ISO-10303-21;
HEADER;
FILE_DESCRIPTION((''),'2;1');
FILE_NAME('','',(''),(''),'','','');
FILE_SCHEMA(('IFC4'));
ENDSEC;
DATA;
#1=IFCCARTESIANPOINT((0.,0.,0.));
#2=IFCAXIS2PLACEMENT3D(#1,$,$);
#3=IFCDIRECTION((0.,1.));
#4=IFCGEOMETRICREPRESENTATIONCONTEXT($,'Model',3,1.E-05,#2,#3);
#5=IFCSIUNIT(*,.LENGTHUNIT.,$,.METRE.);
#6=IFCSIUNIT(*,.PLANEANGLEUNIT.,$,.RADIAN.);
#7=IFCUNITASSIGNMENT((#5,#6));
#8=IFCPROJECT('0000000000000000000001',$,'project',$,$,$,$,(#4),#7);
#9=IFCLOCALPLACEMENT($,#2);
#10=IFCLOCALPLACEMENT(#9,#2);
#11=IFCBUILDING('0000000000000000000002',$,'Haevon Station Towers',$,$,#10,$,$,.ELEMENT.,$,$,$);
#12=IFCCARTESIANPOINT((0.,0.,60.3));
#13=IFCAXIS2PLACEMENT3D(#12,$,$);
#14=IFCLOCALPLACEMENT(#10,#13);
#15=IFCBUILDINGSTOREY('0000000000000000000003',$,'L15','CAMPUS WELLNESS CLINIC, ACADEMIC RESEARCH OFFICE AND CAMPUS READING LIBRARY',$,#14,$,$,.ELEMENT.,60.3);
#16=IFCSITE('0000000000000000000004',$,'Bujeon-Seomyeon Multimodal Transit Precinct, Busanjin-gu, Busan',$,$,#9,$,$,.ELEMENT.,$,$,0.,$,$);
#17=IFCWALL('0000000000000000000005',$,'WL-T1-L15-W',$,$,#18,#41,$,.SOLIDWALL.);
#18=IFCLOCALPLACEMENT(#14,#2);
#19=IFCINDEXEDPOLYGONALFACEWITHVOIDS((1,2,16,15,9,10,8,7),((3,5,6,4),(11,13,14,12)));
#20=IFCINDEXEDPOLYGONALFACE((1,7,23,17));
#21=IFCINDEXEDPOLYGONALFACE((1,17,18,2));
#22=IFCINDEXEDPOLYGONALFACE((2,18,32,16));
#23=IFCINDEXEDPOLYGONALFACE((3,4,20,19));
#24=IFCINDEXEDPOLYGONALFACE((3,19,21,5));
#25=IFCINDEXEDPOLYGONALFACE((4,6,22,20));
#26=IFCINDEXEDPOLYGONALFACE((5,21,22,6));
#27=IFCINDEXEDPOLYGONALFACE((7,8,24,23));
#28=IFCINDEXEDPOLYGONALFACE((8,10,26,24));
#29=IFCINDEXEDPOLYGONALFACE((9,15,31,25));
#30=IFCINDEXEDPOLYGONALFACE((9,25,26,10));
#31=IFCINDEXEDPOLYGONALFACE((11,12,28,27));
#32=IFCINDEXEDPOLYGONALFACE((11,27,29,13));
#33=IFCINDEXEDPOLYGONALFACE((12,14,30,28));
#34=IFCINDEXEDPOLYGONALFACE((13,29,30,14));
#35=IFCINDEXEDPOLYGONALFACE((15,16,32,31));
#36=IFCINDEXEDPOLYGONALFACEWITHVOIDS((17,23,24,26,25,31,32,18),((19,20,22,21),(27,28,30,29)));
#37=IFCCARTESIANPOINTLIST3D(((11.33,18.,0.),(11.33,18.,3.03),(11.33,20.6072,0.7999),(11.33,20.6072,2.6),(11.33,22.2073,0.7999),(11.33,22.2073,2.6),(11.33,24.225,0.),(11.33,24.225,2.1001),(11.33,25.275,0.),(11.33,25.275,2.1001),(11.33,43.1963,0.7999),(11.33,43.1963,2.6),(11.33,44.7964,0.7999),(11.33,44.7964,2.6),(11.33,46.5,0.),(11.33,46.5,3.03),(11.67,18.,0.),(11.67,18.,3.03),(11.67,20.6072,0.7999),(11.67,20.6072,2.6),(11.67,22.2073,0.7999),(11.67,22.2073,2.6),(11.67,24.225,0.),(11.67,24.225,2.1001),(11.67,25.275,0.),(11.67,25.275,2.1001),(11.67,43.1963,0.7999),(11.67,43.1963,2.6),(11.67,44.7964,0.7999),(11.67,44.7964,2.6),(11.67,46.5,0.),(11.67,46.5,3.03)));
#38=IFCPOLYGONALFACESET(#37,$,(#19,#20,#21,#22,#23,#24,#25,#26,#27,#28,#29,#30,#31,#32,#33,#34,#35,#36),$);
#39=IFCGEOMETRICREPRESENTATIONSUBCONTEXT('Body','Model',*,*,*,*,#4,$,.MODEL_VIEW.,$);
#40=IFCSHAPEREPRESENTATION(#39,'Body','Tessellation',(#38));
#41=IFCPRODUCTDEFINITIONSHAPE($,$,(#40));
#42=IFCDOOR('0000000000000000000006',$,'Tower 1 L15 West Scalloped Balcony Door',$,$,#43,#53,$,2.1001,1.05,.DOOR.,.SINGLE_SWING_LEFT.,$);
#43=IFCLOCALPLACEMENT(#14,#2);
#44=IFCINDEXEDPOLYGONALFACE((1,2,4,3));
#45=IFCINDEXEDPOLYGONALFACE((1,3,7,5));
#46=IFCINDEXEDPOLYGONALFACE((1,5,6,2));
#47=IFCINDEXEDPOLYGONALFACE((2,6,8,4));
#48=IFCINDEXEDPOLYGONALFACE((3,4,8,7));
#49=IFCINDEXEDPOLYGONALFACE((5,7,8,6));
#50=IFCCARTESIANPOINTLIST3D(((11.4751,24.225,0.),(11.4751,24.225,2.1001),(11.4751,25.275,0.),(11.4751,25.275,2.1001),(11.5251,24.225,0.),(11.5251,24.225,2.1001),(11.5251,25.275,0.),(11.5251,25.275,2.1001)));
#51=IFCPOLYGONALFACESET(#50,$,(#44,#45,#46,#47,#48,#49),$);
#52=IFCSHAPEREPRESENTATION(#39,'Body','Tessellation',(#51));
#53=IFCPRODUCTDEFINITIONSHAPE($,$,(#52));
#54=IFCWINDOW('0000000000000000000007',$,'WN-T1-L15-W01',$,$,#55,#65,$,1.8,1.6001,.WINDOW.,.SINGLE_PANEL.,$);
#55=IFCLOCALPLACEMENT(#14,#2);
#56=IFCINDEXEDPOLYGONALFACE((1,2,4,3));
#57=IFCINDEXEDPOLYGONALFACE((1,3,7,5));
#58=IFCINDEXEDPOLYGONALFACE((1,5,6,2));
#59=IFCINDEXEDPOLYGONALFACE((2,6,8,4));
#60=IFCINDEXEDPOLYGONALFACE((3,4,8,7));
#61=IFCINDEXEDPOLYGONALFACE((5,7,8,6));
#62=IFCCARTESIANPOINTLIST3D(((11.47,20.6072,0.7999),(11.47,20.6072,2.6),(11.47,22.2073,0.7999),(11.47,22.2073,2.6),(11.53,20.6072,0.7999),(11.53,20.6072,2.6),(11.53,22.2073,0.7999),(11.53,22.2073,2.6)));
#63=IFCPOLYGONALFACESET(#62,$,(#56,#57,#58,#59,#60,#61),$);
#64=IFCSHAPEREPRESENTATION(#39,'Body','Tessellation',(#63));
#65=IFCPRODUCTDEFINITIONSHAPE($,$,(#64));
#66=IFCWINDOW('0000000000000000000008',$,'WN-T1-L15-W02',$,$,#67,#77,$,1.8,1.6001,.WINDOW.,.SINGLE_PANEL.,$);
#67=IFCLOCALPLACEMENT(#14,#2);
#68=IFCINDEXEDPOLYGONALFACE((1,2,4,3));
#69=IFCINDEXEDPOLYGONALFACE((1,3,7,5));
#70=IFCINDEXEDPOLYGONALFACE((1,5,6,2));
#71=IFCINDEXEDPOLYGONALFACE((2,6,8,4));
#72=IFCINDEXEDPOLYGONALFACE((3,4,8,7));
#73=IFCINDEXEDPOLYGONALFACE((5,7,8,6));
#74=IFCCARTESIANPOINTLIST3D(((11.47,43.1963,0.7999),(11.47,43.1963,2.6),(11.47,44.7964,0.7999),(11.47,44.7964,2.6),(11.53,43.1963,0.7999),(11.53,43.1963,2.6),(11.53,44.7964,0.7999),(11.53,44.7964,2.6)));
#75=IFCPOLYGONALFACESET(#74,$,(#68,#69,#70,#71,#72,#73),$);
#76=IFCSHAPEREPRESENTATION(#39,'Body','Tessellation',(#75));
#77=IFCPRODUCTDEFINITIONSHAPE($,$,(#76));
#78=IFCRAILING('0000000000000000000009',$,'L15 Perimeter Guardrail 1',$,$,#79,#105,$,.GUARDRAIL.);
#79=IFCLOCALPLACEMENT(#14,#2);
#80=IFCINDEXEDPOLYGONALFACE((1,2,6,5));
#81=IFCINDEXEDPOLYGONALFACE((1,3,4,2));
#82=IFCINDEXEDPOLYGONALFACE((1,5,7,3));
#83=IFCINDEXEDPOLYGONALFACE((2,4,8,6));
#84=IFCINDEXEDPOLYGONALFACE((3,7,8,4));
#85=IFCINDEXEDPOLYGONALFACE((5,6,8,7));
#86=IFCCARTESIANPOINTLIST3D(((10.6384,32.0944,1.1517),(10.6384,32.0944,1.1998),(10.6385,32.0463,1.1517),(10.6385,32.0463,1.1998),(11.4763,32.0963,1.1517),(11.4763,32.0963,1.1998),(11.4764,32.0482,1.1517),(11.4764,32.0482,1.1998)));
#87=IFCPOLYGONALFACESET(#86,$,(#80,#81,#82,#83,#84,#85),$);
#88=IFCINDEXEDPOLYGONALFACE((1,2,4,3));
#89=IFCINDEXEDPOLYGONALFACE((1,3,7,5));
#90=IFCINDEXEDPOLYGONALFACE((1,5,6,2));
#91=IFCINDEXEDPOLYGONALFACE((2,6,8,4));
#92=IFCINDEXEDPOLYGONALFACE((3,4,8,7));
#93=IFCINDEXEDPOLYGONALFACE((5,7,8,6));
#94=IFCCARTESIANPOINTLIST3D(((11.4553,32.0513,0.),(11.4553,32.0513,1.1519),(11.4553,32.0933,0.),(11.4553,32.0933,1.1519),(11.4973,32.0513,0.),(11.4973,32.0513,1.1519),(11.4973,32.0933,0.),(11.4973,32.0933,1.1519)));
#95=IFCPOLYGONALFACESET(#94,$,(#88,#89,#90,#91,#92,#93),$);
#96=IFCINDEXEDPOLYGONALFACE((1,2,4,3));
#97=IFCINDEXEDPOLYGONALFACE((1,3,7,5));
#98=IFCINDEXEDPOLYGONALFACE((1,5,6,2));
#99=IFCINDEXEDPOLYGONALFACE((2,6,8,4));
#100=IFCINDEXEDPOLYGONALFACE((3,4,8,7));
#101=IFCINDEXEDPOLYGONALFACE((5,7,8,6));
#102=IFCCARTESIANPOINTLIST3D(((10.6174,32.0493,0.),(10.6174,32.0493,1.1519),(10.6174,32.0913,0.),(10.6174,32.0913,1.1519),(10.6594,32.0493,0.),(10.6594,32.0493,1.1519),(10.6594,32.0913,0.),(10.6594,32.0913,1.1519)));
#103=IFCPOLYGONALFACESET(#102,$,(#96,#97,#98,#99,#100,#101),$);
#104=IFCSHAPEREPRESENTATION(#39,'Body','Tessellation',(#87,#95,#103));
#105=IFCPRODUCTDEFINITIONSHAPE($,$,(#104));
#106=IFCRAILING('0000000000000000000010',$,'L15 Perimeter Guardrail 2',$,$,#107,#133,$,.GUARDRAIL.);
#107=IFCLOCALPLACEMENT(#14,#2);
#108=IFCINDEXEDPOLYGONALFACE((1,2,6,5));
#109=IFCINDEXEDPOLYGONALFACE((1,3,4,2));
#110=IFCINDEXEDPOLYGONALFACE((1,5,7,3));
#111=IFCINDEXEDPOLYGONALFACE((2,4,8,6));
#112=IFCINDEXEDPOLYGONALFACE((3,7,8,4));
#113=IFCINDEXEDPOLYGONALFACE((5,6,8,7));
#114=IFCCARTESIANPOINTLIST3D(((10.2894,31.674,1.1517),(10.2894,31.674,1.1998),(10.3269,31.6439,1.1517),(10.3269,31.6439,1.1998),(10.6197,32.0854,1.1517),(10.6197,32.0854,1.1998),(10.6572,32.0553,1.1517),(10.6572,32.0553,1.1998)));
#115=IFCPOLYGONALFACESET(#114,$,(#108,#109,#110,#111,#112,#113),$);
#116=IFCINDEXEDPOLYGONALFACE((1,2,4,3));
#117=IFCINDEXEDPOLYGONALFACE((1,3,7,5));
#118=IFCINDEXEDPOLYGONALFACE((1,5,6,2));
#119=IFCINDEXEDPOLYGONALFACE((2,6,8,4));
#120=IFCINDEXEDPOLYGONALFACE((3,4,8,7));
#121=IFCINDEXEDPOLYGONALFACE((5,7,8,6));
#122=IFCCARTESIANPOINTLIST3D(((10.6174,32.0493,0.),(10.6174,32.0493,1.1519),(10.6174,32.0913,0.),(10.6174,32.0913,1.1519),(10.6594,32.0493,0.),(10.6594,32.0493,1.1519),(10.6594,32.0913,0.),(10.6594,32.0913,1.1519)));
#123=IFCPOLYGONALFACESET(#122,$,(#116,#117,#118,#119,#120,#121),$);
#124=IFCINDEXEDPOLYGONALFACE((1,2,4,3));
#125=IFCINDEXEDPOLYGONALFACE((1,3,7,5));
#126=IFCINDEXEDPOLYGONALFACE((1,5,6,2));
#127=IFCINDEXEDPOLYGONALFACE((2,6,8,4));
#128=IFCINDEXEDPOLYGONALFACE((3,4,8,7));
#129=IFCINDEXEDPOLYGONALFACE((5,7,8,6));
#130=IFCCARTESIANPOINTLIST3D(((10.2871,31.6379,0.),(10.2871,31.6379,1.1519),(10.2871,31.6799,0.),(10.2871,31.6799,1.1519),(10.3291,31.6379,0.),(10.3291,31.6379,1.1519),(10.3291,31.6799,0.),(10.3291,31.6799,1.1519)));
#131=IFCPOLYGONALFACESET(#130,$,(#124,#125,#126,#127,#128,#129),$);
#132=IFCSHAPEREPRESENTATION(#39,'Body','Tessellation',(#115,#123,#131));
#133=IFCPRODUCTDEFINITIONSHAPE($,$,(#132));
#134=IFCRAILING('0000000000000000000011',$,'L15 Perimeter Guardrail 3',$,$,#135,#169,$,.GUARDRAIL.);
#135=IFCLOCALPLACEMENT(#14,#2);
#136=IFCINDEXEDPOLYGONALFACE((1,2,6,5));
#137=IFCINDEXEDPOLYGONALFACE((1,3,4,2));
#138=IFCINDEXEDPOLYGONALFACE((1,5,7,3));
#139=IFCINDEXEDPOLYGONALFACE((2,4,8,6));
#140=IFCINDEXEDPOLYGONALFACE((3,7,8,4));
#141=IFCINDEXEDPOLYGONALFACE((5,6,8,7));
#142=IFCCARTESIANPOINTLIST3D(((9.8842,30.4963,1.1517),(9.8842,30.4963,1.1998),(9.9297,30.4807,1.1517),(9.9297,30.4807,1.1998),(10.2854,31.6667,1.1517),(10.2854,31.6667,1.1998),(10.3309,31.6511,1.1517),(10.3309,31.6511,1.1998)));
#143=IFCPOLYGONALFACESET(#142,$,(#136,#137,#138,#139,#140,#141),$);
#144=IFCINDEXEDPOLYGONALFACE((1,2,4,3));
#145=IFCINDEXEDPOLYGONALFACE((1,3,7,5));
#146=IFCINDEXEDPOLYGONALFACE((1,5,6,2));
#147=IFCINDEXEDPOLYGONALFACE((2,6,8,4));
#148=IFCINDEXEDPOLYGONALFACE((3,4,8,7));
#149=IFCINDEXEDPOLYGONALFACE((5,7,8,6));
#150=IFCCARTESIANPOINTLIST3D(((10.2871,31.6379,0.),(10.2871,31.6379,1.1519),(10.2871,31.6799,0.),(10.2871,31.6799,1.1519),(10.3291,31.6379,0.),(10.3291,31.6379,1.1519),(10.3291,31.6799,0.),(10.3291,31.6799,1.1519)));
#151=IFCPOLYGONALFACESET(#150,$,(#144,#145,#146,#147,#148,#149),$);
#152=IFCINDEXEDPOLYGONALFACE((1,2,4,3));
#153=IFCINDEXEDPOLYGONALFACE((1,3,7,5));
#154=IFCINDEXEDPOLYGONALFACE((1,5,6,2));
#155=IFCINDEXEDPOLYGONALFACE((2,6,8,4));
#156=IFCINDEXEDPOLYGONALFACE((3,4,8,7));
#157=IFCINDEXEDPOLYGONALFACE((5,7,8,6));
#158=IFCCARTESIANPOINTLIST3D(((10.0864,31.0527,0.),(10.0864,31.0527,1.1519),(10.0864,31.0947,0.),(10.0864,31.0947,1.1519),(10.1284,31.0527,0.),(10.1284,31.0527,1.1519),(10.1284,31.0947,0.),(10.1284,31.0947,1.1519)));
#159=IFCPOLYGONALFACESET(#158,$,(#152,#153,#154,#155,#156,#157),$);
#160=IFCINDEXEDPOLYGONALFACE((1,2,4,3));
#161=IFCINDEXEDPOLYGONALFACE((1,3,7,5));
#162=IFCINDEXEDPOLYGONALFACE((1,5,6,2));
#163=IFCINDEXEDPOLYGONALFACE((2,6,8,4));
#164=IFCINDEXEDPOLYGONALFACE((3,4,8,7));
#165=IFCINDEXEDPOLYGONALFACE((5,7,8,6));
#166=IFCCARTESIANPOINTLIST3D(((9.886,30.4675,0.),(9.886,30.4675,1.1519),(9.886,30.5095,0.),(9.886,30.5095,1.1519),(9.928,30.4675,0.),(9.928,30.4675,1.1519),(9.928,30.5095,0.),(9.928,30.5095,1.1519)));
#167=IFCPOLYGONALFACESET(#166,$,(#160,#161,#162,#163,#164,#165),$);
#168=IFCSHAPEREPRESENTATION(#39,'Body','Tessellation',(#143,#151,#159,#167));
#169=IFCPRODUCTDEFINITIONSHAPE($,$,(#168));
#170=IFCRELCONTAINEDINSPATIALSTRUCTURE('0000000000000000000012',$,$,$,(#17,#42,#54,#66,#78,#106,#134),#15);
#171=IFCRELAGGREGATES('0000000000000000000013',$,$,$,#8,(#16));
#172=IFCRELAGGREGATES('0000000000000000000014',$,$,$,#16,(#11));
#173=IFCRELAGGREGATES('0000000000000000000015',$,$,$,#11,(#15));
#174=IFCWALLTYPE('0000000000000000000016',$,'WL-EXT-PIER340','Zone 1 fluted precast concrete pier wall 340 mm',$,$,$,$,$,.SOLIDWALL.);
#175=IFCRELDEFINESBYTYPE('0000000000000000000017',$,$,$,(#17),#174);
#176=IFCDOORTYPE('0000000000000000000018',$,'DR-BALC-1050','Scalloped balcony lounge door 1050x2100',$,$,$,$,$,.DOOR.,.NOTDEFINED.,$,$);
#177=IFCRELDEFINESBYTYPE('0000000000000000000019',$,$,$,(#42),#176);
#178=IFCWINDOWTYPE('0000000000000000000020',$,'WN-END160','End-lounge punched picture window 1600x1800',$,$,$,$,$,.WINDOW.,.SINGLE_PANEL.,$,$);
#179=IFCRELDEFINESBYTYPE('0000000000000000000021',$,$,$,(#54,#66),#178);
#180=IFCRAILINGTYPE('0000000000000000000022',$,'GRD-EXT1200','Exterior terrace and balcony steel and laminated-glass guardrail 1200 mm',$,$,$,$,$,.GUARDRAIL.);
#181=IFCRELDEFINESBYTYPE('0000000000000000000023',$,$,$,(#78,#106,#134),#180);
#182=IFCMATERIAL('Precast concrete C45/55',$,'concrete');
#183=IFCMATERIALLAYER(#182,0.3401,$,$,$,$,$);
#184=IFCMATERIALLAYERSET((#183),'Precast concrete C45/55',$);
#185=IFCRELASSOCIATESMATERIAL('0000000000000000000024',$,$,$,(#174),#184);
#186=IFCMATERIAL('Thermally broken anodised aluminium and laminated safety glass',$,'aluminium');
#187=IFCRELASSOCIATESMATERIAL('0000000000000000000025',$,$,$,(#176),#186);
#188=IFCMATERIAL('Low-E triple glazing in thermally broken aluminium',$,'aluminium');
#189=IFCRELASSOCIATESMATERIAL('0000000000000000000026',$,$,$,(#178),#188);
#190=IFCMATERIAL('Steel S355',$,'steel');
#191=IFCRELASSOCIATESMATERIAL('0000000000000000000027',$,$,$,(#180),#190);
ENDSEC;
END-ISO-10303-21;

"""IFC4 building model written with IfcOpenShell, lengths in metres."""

from ifc_helpers import new_model, si_unit, direction, frame, frame_2d, origin, origin_2d, place, context, subcontext, project, spatial, rectangle, extrude, material, layer, layer_set, type_object, element, fill, save


model = new_model("IFC4")

# Units and contexts
model_context = context("Model", 3, precision=1e-05, world=origin(), true_north=direction((0.0, 1.0)))
body_context = subcontext(model_context, "Body", "Model", "MODEL_VIEW")
ifc_project = project(units=[si_unit("LENGTHUNIT", "METRE"), si_unit("PLANEANGLEUNIT", "RADIAN")], contexts=[model_context])

# Site, building, storey
site_placement = place(None, origin())
site = spatial("IfcSite", under=ifc_project, at=site_placement, Name="Bujeon-Seomyeon Multimodal Transit Precinct, Busanjin-gu, Busan", CompositionType="ELEMENT", RefElevation=0.0)
building_placement = place(site_placement, origin())
building = spatial("IfcBuilding", under=site, at=building_placement, Name="Haevon Station Towers", CompositionType="ELEMENT")
storey_placement = place(building_placement, frame((0.0, 0.0, 60.3)))
storey = spatial("IfcBuildingStorey", under=building, at=storey_placement, Name="L15", Description="CAMPUS WELLNESS CLINIC, ACADEMIC RESEARCH OFFICE AND CAMPUS READING LIBRARY", CompositionType="ELEMENT", Elevation=60.3)

# Shared definitions
ifc_material_1 = material(Name="Steel S355", Category="steel")

# Wall, openings, door, windows
ifc_material_2 = material(Name="Precast concrete C45/55", Category="concrete")
ifc_layer_1 = layer(ifc_material_2, 0.3401)
ifc_layer_set_1 = layer_set([ifc_layer_1], Name="Precast concrete C45/55")
wall_type = type_object("IfcWallType", Name="WL-EXT-PIER340", Description="Zone 1 fluted precast concrete pier wall 340 mm", PredefinedType="SOLIDWALL", material=ifc_layer_set_1)
wall_placement = place(storey_placement, frame((11.5, 18.0, 0.0), z_axis=(0.0, 0.0, 1.0), x_axis=(0.0, 1.0, 0.0)))
wall = element("IfcWall", 1, at=wall_placement, inside=storey, type_object=wall_type, Name="WL-T1-L15-W", PredefinedType="SOLIDWALL", context=body_context, shape_type="SweptSolid", body=[
    extrude(rectangle(XDim=28.5, YDim=0.3401, at=frame_2d((14.25, 0.0))), origin(), (0.0, 0.0, 1.0), 3.03),
])
opening_1_placement = place(wall_placement, frame((6.2251, 0.0, 0.0)))
opening_1 = element("IfcOpeningElement", 2, at=opening_1_placement, cuts=wall, PredefinedType="OPENING", context=body_context, shape_type="SweptSolid", body=[
    extrude(rectangle(XDim=1.05, YDim=2.1001, at=frame_2d((0.5249, 1.05))), frame((0.0, 0.1799, 0.0), z_axis=(0.0, -1.0, 0.0), x_axis=(1.0, 0.0, 0.0)), (0.0, 0.0, 1.0), 0.3601),
])
opening_2_placement = place(wall_placement, frame((2.6072, 0.0, 0.8)))
opening_2 = element("IfcOpeningElement", 3, at=opening_2_placement, cuts=wall, PredefinedType="OPENING", context=body_context, shape_type="SweptSolid", body=[
    extrude(rectangle(XDim=1.6001, YDim=1.8, at=frame_2d((0.8, 0.8999))), frame((0.0, 0.1799, 0.0), z_axis=(0.0, -1.0, 0.0), x_axis=(1.0, 0.0, 0.0)), (0.0, 0.0, 1.0), 0.3601),
])
opening_3_placement = place(wall_placement, frame((25.1963, 0.0, 0.8)))
opening_3 = element("IfcOpeningElement", 4, at=opening_3_placement, cuts=wall, PredefinedType="OPENING", context=body_context, shape_type="SweptSolid", body=[
    extrude(rectangle(XDim=1.6001, YDim=1.8, at=frame_2d((0.8, 0.8999))), frame((0.0, 0.1799, 0.0), z_axis=(0.0, -1.0, 0.0), x_axis=(1.0, 0.0, 0.0)), (0.0, 0.0, 1.0), 0.3601),
])
ifc_material_3 = material(Name="Thermally broken anodised aluminium and laminated safety glass", Category="aluminium")
door_type = type_object("IfcDoorType", Name="DR-BALC-1050", Description="Scalloped balcony lounge door 1050x2100", OperationType="NOTDEFINED", PredefinedType="DOOR", material=ifc_material_3)
door_placement = place(opening_1_placement, origin())
door = element("IfcDoor", 5, at=door_placement, inside=storey, type_object=door_type, Name="Tower 1 L15 West Scalloped Balcony Door", OperationType="SINGLE_SWING_LEFT", OverallHeight=2.1001, OverallWidth=1.05, PredefinedType="DOOR", context=body_context, shape_type="SweptSolid", body=[
    extrude(rectangle(XDim=1.05, YDim=2.1001, at=frame_2d((0.5249, 1.05))), frame((0.0, 0.0249, 0.0), z_axis=(0.0, -1.0, 0.0), x_axis=(1.0, 0.0, 0.0)), (0.0, 0.0, 1.0), 0.05),
])
fill(opening_1, door)
ifc_material_4 = material(Name="Low-E triple glazing in thermally broken aluminium", Category="aluminium")
window_type = type_object("IfcWindowType", Name="WN-END160", Description="End-lounge punched picture window 1600x1800", PartitioningType="SINGLE_PANEL", PredefinedType="WINDOW", material=ifc_material_4)
window_1_placement = place(opening_2_placement, origin())
window_1 = element("IfcWindow", 6, at=window_1_placement, inside=storey, type_object=window_type, Name="WN-T1-L15-W01", OverallHeight=1.8, OverallWidth=1.6001, PartitioningType="SINGLE_PANEL", PredefinedType="WINDOW", context=body_context, shape_type="SweptSolid", body=[
    extrude(rectangle(XDim=1.6001, YDim=1.8, at=frame_2d((0.8, 0.8999))), frame((0.0, 0.03, 0.0), z_axis=(0.0, -1.0, 0.0), x_axis=(1.0, 0.0, 0.0)), (0.0, 0.0, 1.0), 0.0601),
])
fill(opening_2, window_1)
window_2_placement = place(opening_3_placement, origin())
window_2 = element("IfcWindow", 7, at=window_2_placement, inside=storey, type_object=window_type, Name="WN-T1-L15-W02", OverallHeight=1.8, OverallWidth=1.6001, PartitioningType="SINGLE_PANEL", PredefinedType="WINDOW", context=body_context, shape_type="SweptSolid", body=[
    extrude(rectangle(XDim=1.6001, YDim=1.8, at=frame_2d((0.8, 0.8999))), frame((0.0, 0.03, 0.0), z_axis=(0.0, -1.0, 0.0), x_axis=(1.0, 0.0, 0.0)), (0.0, 0.0, 1.0), 0.0601),
])
fill(opening_3, window_2)

# Railings
railing_type = type_object("IfcRailingType", Name="GRD-EXT1200", Description="Exterior terrace and balcony steel and laminated-glass guardrail 1200 mm", PredefinedType="GUARDRAIL", material=ifc_material_1)
railing_1_placement = place(storey_placement, frame((11.4763, 32.0723, 0.0)))
element("IfcRailing", 8, at=railing_1_placement, inside=storey, type_object=railing_type, Name="L15 Perimeter Guardrail 1", PredefinedType="GUARDRAIL", context=body_context, shape_type="SweptSolid", body=[
    extrude(rectangle(XDim=0.0481, YDim=0.0481, at=origin_2d()), frame((0.0, 0.0, 1.1758), z_axis=(-0.999997, -0.002331, 0.0), x_axis=(0.002331, -0.999997, 0.0)), (0.0, 0.0, 1.0), 0.8379),
    extrude(rectangle(XDim=0.042, YDim=0.042, at=origin_2d()), origin(), (0.0, 0.0, 1.0), 1.1519),
    extrude(rectangle(XDim=0.042, YDim=0.042, at=origin_2d()), frame((-0.8379, -0.002, 0.0)), (0.0, 0.0, 1.0), 1.1519),
])
railing_2_placement = place(storey_placement, frame((10.6384, 32.0703, 0.0)))
element("IfcRailing", 9, at=railing_2_placement, inside=storey, type_object=railing_type, Name="L15 Perimeter Guardrail 2", PredefinedType="GUARDRAIL", context=body_context, shape_type="SweptSolid", body=[
    extrude(rectangle(XDim=0.0481, YDim=0.0481, at=origin_2d()), frame((0.0, 0.0, 1.1758), z_axis=(-0.626105, -0.779739, 0.0), x_axis=(0.779739, -0.626105, 0.0)), (0.0, 0.0, 1.0), 0.5276),
    extrude(rectangle(XDim=0.042, YDim=0.042, at=origin_2d()), origin(), (0.0, 0.0, 1.0), 1.1519),
    extrude(rectangle(XDim=0.042, YDim=0.042, at=origin_2d()), frame((-0.3303, -0.4114, 0.0)), (0.0, 0.0, 1.0), 1.1519),
])
railing_3_placement = place(storey_placement, frame((10.3081, 31.6589, 0.0)))
element("IfcRailing", 10, at=railing_3_placement, inside=storey, type_object=railing_type, Name="L15 Perimeter Guardrail 3", PredefinedType="GUARDRAIL", context=body_context, shape_type="SweptSolid", body=[
    extrude(rectangle(XDim=0.0481, YDim=0.0481, at=origin_2d()), frame((0.0, 0.0, 1.1758), z_axis=(-0.324208, -0.945986, 0.0), x_axis=(0.945986, -0.324208, 0.0)), (0.0, 0.0, 1.0), 1.2373),
    extrude(rectangle(XDim=0.042, YDim=0.042, at=origin_2d()), origin(), (0.0, 0.0, 1.0), 1.1519),
    extrude(rectangle(XDim=0.042, YDim=0.042, at=origin_2d()), frame((-0.2007, -0.5852, 0.0)), (0.0, 0.0, 1.0), 1.1519),
    extrude(rectangle(XDim=0.042, YDim=0.042, at=origin_2d()), frame((-0.4011, -1.1704, 0.0)), (0.0, 0.0, 1.0), 1.1519),
])

save(model, "model.ifc")
